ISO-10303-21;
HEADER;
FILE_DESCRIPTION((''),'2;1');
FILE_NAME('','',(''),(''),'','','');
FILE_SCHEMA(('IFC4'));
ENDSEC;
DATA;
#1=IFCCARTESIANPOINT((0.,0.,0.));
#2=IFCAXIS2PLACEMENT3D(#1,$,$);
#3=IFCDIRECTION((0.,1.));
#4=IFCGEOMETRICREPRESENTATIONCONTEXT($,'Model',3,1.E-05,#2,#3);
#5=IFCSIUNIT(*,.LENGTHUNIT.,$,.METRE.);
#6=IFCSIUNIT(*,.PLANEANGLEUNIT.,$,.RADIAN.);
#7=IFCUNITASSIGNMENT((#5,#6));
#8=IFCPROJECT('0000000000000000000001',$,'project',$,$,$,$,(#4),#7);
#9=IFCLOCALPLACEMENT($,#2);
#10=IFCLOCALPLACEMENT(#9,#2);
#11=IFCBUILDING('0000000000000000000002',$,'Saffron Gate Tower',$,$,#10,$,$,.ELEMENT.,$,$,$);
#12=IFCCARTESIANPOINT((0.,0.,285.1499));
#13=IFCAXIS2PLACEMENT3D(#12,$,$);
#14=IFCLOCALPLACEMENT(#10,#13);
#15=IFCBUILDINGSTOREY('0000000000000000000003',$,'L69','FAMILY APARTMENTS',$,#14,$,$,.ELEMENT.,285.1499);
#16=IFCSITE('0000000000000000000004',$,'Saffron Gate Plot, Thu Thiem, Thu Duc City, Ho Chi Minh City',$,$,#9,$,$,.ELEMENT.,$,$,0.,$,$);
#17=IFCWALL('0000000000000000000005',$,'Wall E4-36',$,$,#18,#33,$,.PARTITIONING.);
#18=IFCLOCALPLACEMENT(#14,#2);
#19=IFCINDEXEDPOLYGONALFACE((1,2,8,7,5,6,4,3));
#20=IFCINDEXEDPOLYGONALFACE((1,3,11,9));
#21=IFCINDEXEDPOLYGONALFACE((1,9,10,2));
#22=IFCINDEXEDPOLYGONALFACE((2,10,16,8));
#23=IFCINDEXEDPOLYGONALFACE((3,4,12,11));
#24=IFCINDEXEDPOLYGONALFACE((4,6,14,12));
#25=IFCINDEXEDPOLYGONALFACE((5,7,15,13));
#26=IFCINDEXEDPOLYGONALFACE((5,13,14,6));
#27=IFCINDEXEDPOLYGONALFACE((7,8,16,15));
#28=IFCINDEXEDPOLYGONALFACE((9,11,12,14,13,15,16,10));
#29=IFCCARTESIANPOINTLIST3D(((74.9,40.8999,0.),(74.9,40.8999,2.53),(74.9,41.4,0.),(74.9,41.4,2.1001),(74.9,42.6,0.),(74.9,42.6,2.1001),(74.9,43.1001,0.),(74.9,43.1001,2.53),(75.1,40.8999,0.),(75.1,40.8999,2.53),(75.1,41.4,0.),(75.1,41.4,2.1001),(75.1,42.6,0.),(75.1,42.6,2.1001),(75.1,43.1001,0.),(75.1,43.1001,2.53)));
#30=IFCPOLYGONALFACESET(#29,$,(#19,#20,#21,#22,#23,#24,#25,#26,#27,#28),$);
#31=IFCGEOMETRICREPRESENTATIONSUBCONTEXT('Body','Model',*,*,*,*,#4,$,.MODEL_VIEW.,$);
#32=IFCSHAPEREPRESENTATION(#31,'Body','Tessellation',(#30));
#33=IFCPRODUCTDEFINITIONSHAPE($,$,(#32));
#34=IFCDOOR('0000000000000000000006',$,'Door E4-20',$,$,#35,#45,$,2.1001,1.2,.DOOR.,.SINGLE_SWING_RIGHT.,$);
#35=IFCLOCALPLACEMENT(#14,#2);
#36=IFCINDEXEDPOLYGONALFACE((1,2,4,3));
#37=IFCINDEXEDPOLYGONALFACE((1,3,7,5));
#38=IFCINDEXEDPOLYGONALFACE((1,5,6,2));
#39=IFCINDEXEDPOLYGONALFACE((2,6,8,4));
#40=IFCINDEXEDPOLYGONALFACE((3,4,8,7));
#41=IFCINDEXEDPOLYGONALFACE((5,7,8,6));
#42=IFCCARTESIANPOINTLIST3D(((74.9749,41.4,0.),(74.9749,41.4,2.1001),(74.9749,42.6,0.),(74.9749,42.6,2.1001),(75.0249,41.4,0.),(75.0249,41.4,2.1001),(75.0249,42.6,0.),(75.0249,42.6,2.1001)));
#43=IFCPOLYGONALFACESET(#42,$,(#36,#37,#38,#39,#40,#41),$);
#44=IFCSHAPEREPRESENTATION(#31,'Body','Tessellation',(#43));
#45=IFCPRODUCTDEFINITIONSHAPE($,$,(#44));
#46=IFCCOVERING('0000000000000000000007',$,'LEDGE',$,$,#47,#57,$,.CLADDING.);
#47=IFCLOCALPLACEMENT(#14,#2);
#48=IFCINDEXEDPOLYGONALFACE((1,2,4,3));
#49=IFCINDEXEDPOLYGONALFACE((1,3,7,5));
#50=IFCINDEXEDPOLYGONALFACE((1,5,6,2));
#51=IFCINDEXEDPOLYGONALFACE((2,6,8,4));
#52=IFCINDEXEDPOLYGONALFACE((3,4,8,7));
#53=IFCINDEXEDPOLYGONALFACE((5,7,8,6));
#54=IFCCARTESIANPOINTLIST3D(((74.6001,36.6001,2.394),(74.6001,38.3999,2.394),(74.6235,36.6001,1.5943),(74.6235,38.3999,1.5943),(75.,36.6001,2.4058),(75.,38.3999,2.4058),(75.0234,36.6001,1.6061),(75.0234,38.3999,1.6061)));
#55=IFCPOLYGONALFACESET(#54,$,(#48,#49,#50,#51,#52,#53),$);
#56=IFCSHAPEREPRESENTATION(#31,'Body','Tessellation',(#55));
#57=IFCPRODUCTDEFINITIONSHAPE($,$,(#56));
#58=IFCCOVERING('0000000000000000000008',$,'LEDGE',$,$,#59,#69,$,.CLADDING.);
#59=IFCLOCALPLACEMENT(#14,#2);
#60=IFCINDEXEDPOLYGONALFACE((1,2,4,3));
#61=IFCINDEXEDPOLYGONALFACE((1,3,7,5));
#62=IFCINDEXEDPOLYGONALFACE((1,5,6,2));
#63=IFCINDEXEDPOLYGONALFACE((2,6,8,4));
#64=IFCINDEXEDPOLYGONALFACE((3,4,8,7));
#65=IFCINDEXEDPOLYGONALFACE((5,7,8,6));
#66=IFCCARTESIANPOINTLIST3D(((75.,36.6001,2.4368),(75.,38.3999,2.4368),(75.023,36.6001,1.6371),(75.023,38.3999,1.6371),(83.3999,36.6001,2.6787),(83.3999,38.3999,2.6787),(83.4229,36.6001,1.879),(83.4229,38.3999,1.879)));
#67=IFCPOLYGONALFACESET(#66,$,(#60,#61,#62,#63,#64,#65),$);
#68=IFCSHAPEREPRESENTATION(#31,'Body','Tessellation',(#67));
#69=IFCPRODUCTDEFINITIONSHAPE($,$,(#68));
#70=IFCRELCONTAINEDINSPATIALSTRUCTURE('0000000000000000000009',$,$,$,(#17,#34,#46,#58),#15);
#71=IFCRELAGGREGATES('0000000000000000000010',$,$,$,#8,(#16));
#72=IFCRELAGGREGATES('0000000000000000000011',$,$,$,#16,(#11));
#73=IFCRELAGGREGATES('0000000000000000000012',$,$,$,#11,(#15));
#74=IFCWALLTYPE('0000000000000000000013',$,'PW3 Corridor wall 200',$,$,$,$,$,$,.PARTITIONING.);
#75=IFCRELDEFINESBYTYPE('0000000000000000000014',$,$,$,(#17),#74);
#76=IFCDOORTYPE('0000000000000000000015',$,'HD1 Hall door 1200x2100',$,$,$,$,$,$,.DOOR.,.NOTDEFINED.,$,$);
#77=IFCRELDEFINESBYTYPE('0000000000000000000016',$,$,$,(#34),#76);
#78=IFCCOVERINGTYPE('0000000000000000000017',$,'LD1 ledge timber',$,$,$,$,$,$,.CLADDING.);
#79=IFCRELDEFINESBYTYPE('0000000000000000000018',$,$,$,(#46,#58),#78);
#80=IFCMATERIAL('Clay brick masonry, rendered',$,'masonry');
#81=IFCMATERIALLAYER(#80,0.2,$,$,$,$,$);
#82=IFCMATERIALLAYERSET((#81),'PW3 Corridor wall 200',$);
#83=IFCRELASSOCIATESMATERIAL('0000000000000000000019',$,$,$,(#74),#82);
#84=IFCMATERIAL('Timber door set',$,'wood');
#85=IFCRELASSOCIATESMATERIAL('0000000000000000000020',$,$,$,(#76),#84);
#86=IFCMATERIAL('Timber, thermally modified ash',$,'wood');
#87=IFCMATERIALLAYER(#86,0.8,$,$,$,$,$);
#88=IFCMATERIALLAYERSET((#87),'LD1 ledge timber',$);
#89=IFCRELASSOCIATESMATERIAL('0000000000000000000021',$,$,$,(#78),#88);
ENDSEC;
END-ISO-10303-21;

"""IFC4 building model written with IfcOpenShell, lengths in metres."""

from ifc_helpers import new_model, si_unit, direction, frame, frame_2d, origin, place, context, subcontext, project, spatial, polyline, rectangle, outline, extrude, material, layer, layer_set, type_object, element, fill, save


model = new_model("IFC4")

# Units and contexts
model_context = context("Model", 3, precision=1e-05, world=origin(), true_north=direction((0.0, 1.0)))
body_context = subcontext(model_context, "Body", "Model", "MODEL_VIEW")
ifc_project = project(units=[si_unit("LENGTHUNIT", "METRE"), si_unit("PLANEANGLEUNIT", "RADIAN")], contexts=[model_context])

# Site, building, storey
site_placement = place(None, origin())
site = spatial("IfcSite", under=ifc_project, at=site_placement, Name="Saffron Gate Plot, Thu Thiem, Thu Duc City, Ho Chi Minh City", CompositionType="ELEMENT", RefElevation=0.0)
building_placement = place(site_placement, origin())
building = spatial("IfcBuilding", under=site, at=building_placement, Name="Saffron Gate Tower", CompositionType="ELEMENT")
storey_placement = place(building_placement, frame((0.0, 0.0, 285.1499)))
storey = spatial("IfcBuildingStorey", under=building, at=storey_placement, Name="L69", Description="FAMILY APARTMENTS", CompositionType="ELEMENT", Elevation=285.1499)

# Wall, opening, door
ifc_material_1 = material(Name="Clay brick masonry, rendered", Category="masonry")
ifc_layer_1 = layer(ifc_material_1, 0.2)
ifc_layer_set_1 = layer_set([ifc_layer_1], Name="PW3 Corridor wall 200")
wall_type_1 = type_object("IfcWallType", Name="PW3 Corridor wall 200", PredefinedType="PARTITIONING", material=ifc_layer_set_1)
wall_1_placement = place(storey_placement, frame((75.0, 43.1001, 0.0), z_axis=(0.0, 0.0, 1.0), x_axis=(0.0, -1.0, 0.0)))
wall_1 = element("IfcWall", 1, at=wall_1_placement, inside=storey, type_object=wall_type_1, Name="Wall E4-36", PredefinedType="PARTITIONING", context=body_context, shape_type="SweptSolid", body=[
    extrude(rectangle(XDim=2.2002, YDim=0.2, at=frame_2d((1.1001, 0.0))), origin(), (0.0, 0.0, 1.0), 2.53),
])
opening_1_placement = place(wall_1_placement, frame((0.5, 0.0, 0.0)))
opening_1 = element("IfcOpeningElement", 2, at=opening_1_placement, cuts=wall_1, PredefinedType="OPENING", context=body_context, shape_type="SweptSolid", body=[
    extrude(rectangle(XDim=1.2, YDim=2.1001, at=frame_2d((0.6001, 1.05))), frame((0.0, 0.1099, 0.0), z_axis=(0.0, -1.0, 0.0), x_axis=(1.0, 0.0, 0.0)), (0.0, 0.0, 1.0), 0.22),
])
ifc_material_2 = material(Name="Timber door set", Category="wood")
door_type_1 = type_object("IfcDoorType", Name="HD1 Hall door 1200x2100", OperationType="NOTDEFINED", PredefinedType="DOOR", material=ifc_material_2)
door_1_placement = place(opening_1_placement, origin())
door_1 = element("IfcDoor", 3, at=door_1_placement, inside=storey, type_object=door_type_1, Name="Door E4-20", OperationType="SINGLE_SWING_RIGHT", OverallHeight=2.1001, OverallWidth=1.2, PredefinedType="DOOR", context=body_context, shape_type="SweptSolid", body=[
    extrude(rectangle(XDim=1.2, YDim=2.1001, at=frame_2d((0.6001, 1.05))), frame((0.0, 0.0249, 0.0), z_axis=(0.0, -1.0, 0.0), x_axis=(1.0, 0.0, 0.0)), (0.0, 0.0, 1.0), 0.05),
])
fill(opening_1, door_1)

# Coverings
ifc_material_3 = material(Name="Timber, thermally modified ash", Category="wood")
ifc_layer_2 = layer(ifc_material_3, 0.8)
ifc_layer_set_2 = layer_set([ifc_layer_2], Name="LD1 ledge timber")
covering_type = type_object("IfcCoveringType", Name="LD1 ledge timber", PredefinedType="CLADDING", material=ifc_layer_set_2)
covering_1_placement = place(storey_placement, frame((74.6001, 38.3999, 2.394), z_axis=(-0.029291, 0.0, 0.999571), x_axis=(0.999571, 0.0, 0.029291)))
element("IfcCovering", 4, at=covering_1_placement, inside=storey, type_object=covering_type, Name="LEDGE", PredefinedType="CLADDING", context=body_context, shape_type="SweptSolid", body=[
    extrude(outline(polyline([(0.0, 0.0), (0.4001, 0.0), (0.4001, -1.7998), (0.0, -1.7998), (0.0, 0.0)])), origin(), (0.0, 0.0, -1.0), 0.8),
])
covering_2_placement = place(storey_placement, frame((75.0, 38.3999, 2.4368), z_axis=(-0.028791, 0.0, 0.999585), x_axis=(0.999585, 0.0, 0.028791)))
element("IfcCovering", 5, at=covering_2_placement, inside=storey, type_object=covering_type, Name="LEDGE", PredefinedType="CLADDING", context=body_context, shape_type="SweptSolid", body=[
    extrude(outline(polyline([(0.0, 0.0), (8.4034, 0.0), (8.4034, -1.7998), (0.0, -1.7998), (0.0, 0.0)])), origin(), (0.0, 0.0, -1.0), 0.8),
])

save(model, "model.ifc")
